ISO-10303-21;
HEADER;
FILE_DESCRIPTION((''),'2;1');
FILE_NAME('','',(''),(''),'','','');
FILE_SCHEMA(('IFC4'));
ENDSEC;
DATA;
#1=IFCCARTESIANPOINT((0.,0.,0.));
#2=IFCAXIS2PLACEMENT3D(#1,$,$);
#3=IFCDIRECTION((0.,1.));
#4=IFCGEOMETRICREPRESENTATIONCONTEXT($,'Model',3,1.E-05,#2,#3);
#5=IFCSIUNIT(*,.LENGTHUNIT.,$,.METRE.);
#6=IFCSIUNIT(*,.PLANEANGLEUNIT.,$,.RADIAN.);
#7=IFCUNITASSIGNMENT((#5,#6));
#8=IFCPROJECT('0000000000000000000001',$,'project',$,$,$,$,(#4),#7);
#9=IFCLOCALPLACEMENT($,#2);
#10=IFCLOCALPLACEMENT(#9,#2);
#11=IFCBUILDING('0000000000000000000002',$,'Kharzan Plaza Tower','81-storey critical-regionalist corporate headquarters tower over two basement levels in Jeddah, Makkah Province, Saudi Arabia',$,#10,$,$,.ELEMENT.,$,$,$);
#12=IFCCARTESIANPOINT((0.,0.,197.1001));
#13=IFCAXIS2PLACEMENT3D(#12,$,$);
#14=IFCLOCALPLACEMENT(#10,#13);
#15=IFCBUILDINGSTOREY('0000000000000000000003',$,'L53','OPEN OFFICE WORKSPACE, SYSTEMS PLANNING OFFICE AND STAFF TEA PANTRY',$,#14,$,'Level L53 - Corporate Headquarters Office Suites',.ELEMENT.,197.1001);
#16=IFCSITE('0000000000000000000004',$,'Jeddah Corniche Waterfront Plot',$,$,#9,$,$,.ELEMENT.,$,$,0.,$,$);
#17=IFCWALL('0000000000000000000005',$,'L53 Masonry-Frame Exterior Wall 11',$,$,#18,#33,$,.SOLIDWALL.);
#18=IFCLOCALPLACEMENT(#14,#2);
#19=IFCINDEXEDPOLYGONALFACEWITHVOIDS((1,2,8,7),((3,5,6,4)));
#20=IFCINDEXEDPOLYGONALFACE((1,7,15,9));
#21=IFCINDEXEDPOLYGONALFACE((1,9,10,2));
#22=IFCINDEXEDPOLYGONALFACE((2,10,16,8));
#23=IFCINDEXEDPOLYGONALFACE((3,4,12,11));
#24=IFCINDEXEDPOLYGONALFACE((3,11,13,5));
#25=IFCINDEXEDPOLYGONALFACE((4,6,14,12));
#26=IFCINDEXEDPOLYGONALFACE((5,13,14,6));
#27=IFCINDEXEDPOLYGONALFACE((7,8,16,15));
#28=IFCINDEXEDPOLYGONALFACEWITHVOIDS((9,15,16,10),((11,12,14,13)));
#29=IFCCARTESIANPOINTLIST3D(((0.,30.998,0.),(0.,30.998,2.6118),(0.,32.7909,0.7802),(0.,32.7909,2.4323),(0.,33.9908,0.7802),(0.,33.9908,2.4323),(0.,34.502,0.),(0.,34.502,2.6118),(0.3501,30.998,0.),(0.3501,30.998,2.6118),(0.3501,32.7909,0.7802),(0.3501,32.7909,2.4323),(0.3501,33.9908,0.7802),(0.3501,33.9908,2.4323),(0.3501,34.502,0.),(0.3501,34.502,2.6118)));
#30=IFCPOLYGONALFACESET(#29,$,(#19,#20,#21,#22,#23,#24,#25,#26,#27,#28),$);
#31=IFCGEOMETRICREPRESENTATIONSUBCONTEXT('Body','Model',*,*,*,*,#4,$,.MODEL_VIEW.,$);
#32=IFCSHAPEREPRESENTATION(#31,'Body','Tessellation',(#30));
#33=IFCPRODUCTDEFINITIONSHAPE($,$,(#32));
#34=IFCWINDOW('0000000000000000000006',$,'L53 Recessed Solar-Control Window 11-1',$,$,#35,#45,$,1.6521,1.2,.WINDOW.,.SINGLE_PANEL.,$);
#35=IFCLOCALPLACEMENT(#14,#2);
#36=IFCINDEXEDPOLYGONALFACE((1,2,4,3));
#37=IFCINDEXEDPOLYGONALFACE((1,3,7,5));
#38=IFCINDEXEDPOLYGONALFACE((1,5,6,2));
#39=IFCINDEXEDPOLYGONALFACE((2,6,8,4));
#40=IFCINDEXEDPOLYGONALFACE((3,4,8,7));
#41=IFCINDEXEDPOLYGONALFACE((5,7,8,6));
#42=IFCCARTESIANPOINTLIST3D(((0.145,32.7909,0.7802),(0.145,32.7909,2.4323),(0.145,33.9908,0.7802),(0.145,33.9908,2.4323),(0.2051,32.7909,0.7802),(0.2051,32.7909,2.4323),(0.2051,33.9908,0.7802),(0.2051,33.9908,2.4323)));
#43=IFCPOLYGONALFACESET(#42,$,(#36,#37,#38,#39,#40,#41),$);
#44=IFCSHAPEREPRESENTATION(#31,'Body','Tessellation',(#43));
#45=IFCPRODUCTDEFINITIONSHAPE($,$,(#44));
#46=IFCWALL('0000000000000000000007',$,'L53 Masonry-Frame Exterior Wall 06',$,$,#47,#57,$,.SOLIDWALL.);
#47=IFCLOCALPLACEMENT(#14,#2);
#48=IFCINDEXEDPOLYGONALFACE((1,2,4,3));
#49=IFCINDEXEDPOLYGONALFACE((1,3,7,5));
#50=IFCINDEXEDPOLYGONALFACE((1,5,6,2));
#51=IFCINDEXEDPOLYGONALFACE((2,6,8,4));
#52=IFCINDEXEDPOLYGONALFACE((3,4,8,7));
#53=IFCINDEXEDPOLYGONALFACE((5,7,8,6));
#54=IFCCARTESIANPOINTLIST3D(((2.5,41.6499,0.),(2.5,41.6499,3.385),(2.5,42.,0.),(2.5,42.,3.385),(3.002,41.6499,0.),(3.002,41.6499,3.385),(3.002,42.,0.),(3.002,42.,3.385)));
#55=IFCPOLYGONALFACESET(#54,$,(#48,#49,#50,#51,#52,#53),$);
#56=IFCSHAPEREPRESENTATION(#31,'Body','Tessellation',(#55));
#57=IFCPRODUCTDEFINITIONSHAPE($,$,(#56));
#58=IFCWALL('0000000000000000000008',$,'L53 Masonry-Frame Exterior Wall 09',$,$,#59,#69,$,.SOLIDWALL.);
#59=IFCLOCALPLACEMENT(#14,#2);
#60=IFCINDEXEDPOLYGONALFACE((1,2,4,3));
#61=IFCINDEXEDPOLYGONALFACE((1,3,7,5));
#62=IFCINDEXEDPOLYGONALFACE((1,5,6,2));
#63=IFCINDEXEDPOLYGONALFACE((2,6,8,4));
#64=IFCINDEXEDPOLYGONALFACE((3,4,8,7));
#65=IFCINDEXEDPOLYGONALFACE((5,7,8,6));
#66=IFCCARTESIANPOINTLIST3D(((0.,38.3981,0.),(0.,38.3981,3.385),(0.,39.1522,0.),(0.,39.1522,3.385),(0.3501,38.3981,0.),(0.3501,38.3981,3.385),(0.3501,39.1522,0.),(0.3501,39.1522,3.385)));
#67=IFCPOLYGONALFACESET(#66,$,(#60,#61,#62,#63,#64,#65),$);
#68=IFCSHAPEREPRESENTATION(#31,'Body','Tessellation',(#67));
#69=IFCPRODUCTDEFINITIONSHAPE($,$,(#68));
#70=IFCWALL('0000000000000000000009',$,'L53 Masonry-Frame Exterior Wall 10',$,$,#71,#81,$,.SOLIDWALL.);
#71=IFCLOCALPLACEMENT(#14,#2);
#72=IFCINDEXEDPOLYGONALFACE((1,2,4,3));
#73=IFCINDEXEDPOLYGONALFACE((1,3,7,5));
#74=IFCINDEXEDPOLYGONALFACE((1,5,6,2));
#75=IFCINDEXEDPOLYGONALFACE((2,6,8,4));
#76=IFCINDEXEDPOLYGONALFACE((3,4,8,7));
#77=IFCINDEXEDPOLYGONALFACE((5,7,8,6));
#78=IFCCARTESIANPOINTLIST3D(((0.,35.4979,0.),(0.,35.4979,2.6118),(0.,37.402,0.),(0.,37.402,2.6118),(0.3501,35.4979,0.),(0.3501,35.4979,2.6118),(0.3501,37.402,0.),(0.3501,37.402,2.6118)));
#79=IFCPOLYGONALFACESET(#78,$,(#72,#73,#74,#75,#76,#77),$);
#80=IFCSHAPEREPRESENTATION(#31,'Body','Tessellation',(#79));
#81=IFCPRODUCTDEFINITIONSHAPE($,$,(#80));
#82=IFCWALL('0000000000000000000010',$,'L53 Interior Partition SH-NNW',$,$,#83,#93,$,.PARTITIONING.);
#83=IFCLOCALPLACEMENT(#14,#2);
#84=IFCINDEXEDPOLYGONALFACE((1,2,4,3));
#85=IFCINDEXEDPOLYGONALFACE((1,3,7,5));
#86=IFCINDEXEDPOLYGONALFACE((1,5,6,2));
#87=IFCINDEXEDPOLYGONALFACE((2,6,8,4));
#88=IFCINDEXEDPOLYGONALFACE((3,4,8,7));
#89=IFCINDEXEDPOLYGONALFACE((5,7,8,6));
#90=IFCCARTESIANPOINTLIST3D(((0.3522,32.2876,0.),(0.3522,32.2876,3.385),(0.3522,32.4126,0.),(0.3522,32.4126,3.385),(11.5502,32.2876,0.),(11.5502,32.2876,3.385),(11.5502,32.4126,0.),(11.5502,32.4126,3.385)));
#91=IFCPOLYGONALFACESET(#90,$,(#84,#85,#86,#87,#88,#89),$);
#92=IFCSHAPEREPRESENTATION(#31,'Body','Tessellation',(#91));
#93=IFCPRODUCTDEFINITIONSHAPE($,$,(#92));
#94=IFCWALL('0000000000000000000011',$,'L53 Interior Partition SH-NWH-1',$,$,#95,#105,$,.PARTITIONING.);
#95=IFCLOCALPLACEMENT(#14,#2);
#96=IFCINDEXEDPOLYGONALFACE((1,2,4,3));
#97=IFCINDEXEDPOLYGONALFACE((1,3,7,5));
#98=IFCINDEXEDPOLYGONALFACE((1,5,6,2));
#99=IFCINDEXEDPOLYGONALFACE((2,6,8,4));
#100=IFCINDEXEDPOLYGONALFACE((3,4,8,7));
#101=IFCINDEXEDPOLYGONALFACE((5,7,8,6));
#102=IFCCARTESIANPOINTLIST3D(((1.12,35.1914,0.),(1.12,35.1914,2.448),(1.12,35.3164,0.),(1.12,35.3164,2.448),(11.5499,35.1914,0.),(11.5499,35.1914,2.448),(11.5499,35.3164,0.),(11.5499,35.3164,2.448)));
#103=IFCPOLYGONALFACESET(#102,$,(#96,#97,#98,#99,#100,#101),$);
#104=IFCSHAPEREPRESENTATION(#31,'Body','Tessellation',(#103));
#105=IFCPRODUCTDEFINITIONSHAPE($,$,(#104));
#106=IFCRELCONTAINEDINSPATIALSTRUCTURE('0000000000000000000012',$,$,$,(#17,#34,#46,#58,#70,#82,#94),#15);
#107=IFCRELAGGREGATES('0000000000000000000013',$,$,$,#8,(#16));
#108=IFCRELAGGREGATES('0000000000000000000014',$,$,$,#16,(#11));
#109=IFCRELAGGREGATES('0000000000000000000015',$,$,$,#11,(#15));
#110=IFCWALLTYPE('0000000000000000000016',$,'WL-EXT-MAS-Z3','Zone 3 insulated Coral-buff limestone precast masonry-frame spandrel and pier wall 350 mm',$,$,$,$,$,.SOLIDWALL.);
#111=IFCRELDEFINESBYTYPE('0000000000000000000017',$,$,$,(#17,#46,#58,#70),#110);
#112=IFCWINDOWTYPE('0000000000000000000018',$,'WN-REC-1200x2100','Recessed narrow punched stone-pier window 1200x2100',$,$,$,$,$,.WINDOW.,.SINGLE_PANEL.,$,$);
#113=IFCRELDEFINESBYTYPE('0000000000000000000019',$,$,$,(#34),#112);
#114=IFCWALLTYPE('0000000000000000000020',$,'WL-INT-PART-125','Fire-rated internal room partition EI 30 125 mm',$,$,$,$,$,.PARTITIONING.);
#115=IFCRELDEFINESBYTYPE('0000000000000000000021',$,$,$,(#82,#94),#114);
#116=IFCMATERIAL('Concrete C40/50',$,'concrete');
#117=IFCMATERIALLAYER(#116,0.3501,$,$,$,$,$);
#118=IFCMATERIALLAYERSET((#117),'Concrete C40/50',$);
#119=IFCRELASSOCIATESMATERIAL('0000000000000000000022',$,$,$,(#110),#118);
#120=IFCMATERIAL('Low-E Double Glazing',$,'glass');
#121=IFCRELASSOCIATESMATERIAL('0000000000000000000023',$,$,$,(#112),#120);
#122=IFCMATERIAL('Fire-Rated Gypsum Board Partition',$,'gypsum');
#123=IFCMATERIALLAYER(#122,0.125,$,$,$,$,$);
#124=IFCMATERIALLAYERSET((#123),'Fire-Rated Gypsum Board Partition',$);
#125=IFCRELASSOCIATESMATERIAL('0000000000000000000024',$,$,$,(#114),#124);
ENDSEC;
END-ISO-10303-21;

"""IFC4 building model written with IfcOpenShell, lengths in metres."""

from ifc_helpers import new_model, si_unit, direction, frame, frame_2d, origin, place, context, subcontext, project, spatial, rectangle, extrude, source, transform, mapped, material, layer, layer_set, type_object, element, fill, save


model = new_model("IFC4")

# Units and contexts
model_context = context("Model", 3, precision=1e-05, world=origin(), true_north=direction((0.0, 1.0)))
body_context = subcontext(model_context, "Body", "Model", "MODEL_VIEW")
ifc_project = project(units=[si_unit("LENGTHUNIT", "METRE"), si_unit("PLANEANGLEUNIT", "RADIAN")], contexts=[model_context])

# Site, building, storey
site_placement = place(None, origin())
site = spatial("IfcSite", under=ifc_project, at=site_placement, Name="Jeddah Corniche Waterfront Plot", CompositionType="ELEMENT", RefElevation=0.0)
building_placement = place(site_placement, origin())
building = spatial("IfcBuilding", under=site, at=building_placement, Name="Kharzan Plaza Tower", Description="81-storey critical-regionalist corporate headquarters tower over two basement levels in Jeddah, Makkah Province, Saudi Arabia", CompositionType="ELEMENT")
storey_placement = place(building_placement, frame((0.0, 0.0, 197.1001)))
storey = spatial("IfcBuildingStorey", under=building, at=storey_placement, Name="L53", Description="OPEN OFFICE WORKSPACE, SYSTEMS PLANNING OFFICE AND STAFF TEA PANTRY", LongName="Level L53 - Corporate Headquarters Office Suites", CompositionType="ELEMENT", Elevation=197.1001)

# Wall, opening, window
ifc_material_1 = material(Name="Concrete C40/50", Category="concrete")
ifc_layer_1 = layer(ifc_material_1, 0.3501)
ifc_layer_set_1 = layer_set([ifc_layer_1], Name="Concrete C40/50")
wall_type_1 = type_object("IfcWallType", Name="WL-EXT-MAS-Z3", Description="Zone 3 insulated Coral-buff limestone precast masonry-frame spandrel and pier wall 350 mm", PredefinedType="SOLIDWALL", material=ifc_layer_set_1)
ifc_material_2 = material(Name="Low-E Double Glazing", Category="glass")
window_type_1 = type_object("IfcWindowType", Name="WN-REC-1200x2100", Description="Recessed narrow punched stone-pier window 1200x2100", PartitioningType="SINGLE_PANEL", PredefinedType="WINDOW", material=ifc_material_2)
wall_1_placement = place(storey_placement, frame((0.175, 34.502, 0.0), z_axis=(0.0, 0.0, 1.0), x_axis=(0.0, -1.0, 0.0)))
wall_1 = element("IfcWall", 1, at=wall_1_placement, inside=storey, type_object=wall_type_1, Name="L53 Masonry-Frame Exterior Wall 11", PredefinedType="SOLIDWALL", context=body_context, shape_type="SweptSolid", body=[
    extrude(rectangle(XDim=3.5039, YDim=0.3501, at=frame_2d((1.752, 0.0))), origin(), (0.0, 0.0, 1.0), 2.6118),
])
opening_1_placement = place(wall_1_placement, frame((0.511, 0.0, 0.78)))
opening_1 = element("IfcOpeningElement", 2, at=opening_1_placement, cuts=wall_1, PredefinedType="OPENING", context=body_context, shape_type="SweptSolid", body=[
    extrude(rectangle(XDim=1.2, YDim=1.6521, at=frame_2d((0.6001, 0.8262))), frame((0.0, 0.1851, 0.0), z_axis=(0.0, -1.0, 0.0), x_axis=(1.0, 0.0, 0.0)), (0.0, 0.0, 1.0), 0.3701),
])
shared_shape_1 = source(origin(), body_context, "Body", "SweptSolid", [
    extrude(rectangle(XDim=1.2, YDim=1.6521, at=frame_2d((0.6001, 0.8262))), frame((0.0, 0.03, 0.0), z_axis=(0.0, -1.0, 0.0), x_axis=(1.0, 0.0, 0.0)), (0.0, 0.0, 1.0), 0.0601),
])
window_1_placement = place(opening_1_placement, origin())
window_1 = element("IfcWindow", 3, at=window_1_placement, inside=storey, type_object=window_type_1, Name="L53 Recessed Solar-Control Window 11-1", OverallHeight=1.6521, OverallWidth=1.2, PartitioningType="SINGLE_PANEL", PredefinedType="WINDOW", context=body_context, shape_type="MappedRepresentation", body=[
    mapped(shared_shape_1, transform((0.0, 0.0, 0.0), x_axis=(1.0, 0.0, 0.0), y_axis=(0.0, 1.0, 0.0), z_axis=(0.0, 0.0, 1.0))),
])
fill(opening_1, window_1)

# Walls
shared_shape_2 = source(origin(), body_context, "Body", "SweptSolid", [
    extrude(rectangle(XDim=0.502, YDim=0.3501, at=frame_2d((0.251, 0.0))), origin(), (0.0, 0.0, 1.0), 3.385),
])
wall_2_placement = place(storey_placement, frame((3.002, 41.825, 0.0), z_axis=(0.0, 0.0, 1.0), x_axis=(-1.0, 0.0, 0.0)))
element("IfcWall", 4, at=wall_2_placement, inside=storey, type_object=wall_type_1, Name="L53 Masonry-Frame Exterior Wall 06", PredefinedType="SOLIDWALL", context=body_context, shape_type="MappedRepresentation", body=[
    mapped(shared_shape_2, transform((0.0, 0.0, 0.0), x_axis=(1.0, 0.0, 0.0), y_axis=(0.0, 1.0, 0.0), z_axis=(0.0, 0.0, 1.0))),
])
shared_shape_3 = source(origin(), body_context, "Body", "SweptSolid", [
    extrude(rectangle(XDim=0.7542, YDim=0.3501, at=frame_2d((0.377, 0.0))), origin(), (0.0, 0.0, 1.0), 3.385),
])
wall_3_placement = place(storey_placement, frame((0.175, 39.1521, 0.0), z_axis=(0.0, 0.0, 1.0), x_axis=(0.0, -1.0, 0.0)))
element("IfcWall", 5, at=wall_3_placement, inside=storey, type_object=wall_type_1, Name="L53 Masonry-Frame Exterior Wall 09", PredefinedType="SOLIDWALL", context=body_context, shape_type="MappedRepresentation", body=[
    mapped(shared_shape_3, transform((0.0, 0.0, 0.0), x_axis=(1.0, 0.0, 0.0), y_axis=(0.0, 1.0, 0.0), z_axis=(0.0, 0.0, 1.0))),
])
shared_shape_4 = source(origin(), body_context, "Body", "SweptSolid", [
    extrude(rectangle(XDim=1.9041, YDim=0.3501, at=frame_2d((0.9521, 0.0))), origin(), (0.0, 0.0, 1.0), 2.6118),
])
wall_4_placement = place(storey_placement, frame((0.175, 37.4021, 0.0), z_axis=(0.0, 0.0, 1.0), x_axis=(0.0, -1.0, 0.0)))
element("IfcWall", 6, at=wall_4_placement, inside=storey, type_object=wall_type_1, Name="L53 Masonry-Frame Exterior Wall 10", PredefinedType="SOLIDWALL", context=body_context, shape_type="MappedRepresentation", body=[
    mapped(shared_shape_4, transform((0.0, 0.0, 0.0), x_axis=(1.0, 0.0, 0.0), y_axis=(0.0, 1.0, 0.0), z_axis=(0.0, 0.0, 1.0))),
])
ifc_material_3 = material(Name="Fire-Rated Gypsum Board Partition", Category="gypsum")
ifc_layer_2 = layer(ifc_material_3, 0.125)
ifc_layer_set_2 = layer_set([ifc_layer_2], Name="Fire-Rated Gypsum Board Partition")
wall_type_2 = type_object("IfcWallType", Name="WL-INT-PART-125", Description="Fire-rated internal room partition EI 30 125 mm", PredefinedType="PARTITIONING", material=ifc_layer_set_2)
shared_shape_5 = source(origin(), body_context, "Body", "SweptSolid", [
    extrude(rectangle(XDim=11.198, YDim=0.125, at=frame_2d((5.5991, 0.0))), origin(), (0.0, 0.0, 1.0), 3.385),
])
wall_5_placement = place(storey_placement, frame((0.3521, 32.3501, 0.0), z_axis=(0.0, 0.0, 1.0), x_axis=(1.0, 0.0, 0.0)))
element("IfcWall", 7, at=wall_5_placement, inside=storey, type_object=wall_type_2, Name="L53 Interior Partition SH-NNW", PredefinedType="PARTITIONING", context=body_context, shape_type="MappedRepresentation", body=[
    mapped(shared_shape_5, transform((0.0, 0.0, 0.0), x_axis=(1.0, 0.0, 0.0), y_axis=(0.0, 1.0, 0.0), z_axis=(0.0, 0.0, 1.0))),
])
shared_shape_6 = source(origin(), body_context, "Body", "SweptSolid", [
    extrude(rectangle(XDim=10.4299, YDim=0.125, at=frame_2d((5.2148, 0.0))), origin(), (0.0, 0.0, 1.0), 2.448),
])
wall_6_placement = place(storey_placement, frame((1.1201, 35.2539, 0.0), z_axis=(0.0, 0.0, 1.0), x_axis=(1.0, 0.0, 0.0)))
element("IfcWall", 8, at=wall_6_placement, inside=storey, type_object=wall_type_2, Name="L53 Interior Partition SH-NWH-1", PredefinedType="PARTITIONING", context=body_context, shape_type="MappedRepresentation", body=[
    mapped(shared_shape_6, transform((0.0, 0.0, 0.0), x_axis=(1.0, 0.0, 0.0), y_axis=(0.0, 1.0, 0.0), z_axis=(0.0, 0.0, 1.0))),
])

save(model, "model.ifc")
